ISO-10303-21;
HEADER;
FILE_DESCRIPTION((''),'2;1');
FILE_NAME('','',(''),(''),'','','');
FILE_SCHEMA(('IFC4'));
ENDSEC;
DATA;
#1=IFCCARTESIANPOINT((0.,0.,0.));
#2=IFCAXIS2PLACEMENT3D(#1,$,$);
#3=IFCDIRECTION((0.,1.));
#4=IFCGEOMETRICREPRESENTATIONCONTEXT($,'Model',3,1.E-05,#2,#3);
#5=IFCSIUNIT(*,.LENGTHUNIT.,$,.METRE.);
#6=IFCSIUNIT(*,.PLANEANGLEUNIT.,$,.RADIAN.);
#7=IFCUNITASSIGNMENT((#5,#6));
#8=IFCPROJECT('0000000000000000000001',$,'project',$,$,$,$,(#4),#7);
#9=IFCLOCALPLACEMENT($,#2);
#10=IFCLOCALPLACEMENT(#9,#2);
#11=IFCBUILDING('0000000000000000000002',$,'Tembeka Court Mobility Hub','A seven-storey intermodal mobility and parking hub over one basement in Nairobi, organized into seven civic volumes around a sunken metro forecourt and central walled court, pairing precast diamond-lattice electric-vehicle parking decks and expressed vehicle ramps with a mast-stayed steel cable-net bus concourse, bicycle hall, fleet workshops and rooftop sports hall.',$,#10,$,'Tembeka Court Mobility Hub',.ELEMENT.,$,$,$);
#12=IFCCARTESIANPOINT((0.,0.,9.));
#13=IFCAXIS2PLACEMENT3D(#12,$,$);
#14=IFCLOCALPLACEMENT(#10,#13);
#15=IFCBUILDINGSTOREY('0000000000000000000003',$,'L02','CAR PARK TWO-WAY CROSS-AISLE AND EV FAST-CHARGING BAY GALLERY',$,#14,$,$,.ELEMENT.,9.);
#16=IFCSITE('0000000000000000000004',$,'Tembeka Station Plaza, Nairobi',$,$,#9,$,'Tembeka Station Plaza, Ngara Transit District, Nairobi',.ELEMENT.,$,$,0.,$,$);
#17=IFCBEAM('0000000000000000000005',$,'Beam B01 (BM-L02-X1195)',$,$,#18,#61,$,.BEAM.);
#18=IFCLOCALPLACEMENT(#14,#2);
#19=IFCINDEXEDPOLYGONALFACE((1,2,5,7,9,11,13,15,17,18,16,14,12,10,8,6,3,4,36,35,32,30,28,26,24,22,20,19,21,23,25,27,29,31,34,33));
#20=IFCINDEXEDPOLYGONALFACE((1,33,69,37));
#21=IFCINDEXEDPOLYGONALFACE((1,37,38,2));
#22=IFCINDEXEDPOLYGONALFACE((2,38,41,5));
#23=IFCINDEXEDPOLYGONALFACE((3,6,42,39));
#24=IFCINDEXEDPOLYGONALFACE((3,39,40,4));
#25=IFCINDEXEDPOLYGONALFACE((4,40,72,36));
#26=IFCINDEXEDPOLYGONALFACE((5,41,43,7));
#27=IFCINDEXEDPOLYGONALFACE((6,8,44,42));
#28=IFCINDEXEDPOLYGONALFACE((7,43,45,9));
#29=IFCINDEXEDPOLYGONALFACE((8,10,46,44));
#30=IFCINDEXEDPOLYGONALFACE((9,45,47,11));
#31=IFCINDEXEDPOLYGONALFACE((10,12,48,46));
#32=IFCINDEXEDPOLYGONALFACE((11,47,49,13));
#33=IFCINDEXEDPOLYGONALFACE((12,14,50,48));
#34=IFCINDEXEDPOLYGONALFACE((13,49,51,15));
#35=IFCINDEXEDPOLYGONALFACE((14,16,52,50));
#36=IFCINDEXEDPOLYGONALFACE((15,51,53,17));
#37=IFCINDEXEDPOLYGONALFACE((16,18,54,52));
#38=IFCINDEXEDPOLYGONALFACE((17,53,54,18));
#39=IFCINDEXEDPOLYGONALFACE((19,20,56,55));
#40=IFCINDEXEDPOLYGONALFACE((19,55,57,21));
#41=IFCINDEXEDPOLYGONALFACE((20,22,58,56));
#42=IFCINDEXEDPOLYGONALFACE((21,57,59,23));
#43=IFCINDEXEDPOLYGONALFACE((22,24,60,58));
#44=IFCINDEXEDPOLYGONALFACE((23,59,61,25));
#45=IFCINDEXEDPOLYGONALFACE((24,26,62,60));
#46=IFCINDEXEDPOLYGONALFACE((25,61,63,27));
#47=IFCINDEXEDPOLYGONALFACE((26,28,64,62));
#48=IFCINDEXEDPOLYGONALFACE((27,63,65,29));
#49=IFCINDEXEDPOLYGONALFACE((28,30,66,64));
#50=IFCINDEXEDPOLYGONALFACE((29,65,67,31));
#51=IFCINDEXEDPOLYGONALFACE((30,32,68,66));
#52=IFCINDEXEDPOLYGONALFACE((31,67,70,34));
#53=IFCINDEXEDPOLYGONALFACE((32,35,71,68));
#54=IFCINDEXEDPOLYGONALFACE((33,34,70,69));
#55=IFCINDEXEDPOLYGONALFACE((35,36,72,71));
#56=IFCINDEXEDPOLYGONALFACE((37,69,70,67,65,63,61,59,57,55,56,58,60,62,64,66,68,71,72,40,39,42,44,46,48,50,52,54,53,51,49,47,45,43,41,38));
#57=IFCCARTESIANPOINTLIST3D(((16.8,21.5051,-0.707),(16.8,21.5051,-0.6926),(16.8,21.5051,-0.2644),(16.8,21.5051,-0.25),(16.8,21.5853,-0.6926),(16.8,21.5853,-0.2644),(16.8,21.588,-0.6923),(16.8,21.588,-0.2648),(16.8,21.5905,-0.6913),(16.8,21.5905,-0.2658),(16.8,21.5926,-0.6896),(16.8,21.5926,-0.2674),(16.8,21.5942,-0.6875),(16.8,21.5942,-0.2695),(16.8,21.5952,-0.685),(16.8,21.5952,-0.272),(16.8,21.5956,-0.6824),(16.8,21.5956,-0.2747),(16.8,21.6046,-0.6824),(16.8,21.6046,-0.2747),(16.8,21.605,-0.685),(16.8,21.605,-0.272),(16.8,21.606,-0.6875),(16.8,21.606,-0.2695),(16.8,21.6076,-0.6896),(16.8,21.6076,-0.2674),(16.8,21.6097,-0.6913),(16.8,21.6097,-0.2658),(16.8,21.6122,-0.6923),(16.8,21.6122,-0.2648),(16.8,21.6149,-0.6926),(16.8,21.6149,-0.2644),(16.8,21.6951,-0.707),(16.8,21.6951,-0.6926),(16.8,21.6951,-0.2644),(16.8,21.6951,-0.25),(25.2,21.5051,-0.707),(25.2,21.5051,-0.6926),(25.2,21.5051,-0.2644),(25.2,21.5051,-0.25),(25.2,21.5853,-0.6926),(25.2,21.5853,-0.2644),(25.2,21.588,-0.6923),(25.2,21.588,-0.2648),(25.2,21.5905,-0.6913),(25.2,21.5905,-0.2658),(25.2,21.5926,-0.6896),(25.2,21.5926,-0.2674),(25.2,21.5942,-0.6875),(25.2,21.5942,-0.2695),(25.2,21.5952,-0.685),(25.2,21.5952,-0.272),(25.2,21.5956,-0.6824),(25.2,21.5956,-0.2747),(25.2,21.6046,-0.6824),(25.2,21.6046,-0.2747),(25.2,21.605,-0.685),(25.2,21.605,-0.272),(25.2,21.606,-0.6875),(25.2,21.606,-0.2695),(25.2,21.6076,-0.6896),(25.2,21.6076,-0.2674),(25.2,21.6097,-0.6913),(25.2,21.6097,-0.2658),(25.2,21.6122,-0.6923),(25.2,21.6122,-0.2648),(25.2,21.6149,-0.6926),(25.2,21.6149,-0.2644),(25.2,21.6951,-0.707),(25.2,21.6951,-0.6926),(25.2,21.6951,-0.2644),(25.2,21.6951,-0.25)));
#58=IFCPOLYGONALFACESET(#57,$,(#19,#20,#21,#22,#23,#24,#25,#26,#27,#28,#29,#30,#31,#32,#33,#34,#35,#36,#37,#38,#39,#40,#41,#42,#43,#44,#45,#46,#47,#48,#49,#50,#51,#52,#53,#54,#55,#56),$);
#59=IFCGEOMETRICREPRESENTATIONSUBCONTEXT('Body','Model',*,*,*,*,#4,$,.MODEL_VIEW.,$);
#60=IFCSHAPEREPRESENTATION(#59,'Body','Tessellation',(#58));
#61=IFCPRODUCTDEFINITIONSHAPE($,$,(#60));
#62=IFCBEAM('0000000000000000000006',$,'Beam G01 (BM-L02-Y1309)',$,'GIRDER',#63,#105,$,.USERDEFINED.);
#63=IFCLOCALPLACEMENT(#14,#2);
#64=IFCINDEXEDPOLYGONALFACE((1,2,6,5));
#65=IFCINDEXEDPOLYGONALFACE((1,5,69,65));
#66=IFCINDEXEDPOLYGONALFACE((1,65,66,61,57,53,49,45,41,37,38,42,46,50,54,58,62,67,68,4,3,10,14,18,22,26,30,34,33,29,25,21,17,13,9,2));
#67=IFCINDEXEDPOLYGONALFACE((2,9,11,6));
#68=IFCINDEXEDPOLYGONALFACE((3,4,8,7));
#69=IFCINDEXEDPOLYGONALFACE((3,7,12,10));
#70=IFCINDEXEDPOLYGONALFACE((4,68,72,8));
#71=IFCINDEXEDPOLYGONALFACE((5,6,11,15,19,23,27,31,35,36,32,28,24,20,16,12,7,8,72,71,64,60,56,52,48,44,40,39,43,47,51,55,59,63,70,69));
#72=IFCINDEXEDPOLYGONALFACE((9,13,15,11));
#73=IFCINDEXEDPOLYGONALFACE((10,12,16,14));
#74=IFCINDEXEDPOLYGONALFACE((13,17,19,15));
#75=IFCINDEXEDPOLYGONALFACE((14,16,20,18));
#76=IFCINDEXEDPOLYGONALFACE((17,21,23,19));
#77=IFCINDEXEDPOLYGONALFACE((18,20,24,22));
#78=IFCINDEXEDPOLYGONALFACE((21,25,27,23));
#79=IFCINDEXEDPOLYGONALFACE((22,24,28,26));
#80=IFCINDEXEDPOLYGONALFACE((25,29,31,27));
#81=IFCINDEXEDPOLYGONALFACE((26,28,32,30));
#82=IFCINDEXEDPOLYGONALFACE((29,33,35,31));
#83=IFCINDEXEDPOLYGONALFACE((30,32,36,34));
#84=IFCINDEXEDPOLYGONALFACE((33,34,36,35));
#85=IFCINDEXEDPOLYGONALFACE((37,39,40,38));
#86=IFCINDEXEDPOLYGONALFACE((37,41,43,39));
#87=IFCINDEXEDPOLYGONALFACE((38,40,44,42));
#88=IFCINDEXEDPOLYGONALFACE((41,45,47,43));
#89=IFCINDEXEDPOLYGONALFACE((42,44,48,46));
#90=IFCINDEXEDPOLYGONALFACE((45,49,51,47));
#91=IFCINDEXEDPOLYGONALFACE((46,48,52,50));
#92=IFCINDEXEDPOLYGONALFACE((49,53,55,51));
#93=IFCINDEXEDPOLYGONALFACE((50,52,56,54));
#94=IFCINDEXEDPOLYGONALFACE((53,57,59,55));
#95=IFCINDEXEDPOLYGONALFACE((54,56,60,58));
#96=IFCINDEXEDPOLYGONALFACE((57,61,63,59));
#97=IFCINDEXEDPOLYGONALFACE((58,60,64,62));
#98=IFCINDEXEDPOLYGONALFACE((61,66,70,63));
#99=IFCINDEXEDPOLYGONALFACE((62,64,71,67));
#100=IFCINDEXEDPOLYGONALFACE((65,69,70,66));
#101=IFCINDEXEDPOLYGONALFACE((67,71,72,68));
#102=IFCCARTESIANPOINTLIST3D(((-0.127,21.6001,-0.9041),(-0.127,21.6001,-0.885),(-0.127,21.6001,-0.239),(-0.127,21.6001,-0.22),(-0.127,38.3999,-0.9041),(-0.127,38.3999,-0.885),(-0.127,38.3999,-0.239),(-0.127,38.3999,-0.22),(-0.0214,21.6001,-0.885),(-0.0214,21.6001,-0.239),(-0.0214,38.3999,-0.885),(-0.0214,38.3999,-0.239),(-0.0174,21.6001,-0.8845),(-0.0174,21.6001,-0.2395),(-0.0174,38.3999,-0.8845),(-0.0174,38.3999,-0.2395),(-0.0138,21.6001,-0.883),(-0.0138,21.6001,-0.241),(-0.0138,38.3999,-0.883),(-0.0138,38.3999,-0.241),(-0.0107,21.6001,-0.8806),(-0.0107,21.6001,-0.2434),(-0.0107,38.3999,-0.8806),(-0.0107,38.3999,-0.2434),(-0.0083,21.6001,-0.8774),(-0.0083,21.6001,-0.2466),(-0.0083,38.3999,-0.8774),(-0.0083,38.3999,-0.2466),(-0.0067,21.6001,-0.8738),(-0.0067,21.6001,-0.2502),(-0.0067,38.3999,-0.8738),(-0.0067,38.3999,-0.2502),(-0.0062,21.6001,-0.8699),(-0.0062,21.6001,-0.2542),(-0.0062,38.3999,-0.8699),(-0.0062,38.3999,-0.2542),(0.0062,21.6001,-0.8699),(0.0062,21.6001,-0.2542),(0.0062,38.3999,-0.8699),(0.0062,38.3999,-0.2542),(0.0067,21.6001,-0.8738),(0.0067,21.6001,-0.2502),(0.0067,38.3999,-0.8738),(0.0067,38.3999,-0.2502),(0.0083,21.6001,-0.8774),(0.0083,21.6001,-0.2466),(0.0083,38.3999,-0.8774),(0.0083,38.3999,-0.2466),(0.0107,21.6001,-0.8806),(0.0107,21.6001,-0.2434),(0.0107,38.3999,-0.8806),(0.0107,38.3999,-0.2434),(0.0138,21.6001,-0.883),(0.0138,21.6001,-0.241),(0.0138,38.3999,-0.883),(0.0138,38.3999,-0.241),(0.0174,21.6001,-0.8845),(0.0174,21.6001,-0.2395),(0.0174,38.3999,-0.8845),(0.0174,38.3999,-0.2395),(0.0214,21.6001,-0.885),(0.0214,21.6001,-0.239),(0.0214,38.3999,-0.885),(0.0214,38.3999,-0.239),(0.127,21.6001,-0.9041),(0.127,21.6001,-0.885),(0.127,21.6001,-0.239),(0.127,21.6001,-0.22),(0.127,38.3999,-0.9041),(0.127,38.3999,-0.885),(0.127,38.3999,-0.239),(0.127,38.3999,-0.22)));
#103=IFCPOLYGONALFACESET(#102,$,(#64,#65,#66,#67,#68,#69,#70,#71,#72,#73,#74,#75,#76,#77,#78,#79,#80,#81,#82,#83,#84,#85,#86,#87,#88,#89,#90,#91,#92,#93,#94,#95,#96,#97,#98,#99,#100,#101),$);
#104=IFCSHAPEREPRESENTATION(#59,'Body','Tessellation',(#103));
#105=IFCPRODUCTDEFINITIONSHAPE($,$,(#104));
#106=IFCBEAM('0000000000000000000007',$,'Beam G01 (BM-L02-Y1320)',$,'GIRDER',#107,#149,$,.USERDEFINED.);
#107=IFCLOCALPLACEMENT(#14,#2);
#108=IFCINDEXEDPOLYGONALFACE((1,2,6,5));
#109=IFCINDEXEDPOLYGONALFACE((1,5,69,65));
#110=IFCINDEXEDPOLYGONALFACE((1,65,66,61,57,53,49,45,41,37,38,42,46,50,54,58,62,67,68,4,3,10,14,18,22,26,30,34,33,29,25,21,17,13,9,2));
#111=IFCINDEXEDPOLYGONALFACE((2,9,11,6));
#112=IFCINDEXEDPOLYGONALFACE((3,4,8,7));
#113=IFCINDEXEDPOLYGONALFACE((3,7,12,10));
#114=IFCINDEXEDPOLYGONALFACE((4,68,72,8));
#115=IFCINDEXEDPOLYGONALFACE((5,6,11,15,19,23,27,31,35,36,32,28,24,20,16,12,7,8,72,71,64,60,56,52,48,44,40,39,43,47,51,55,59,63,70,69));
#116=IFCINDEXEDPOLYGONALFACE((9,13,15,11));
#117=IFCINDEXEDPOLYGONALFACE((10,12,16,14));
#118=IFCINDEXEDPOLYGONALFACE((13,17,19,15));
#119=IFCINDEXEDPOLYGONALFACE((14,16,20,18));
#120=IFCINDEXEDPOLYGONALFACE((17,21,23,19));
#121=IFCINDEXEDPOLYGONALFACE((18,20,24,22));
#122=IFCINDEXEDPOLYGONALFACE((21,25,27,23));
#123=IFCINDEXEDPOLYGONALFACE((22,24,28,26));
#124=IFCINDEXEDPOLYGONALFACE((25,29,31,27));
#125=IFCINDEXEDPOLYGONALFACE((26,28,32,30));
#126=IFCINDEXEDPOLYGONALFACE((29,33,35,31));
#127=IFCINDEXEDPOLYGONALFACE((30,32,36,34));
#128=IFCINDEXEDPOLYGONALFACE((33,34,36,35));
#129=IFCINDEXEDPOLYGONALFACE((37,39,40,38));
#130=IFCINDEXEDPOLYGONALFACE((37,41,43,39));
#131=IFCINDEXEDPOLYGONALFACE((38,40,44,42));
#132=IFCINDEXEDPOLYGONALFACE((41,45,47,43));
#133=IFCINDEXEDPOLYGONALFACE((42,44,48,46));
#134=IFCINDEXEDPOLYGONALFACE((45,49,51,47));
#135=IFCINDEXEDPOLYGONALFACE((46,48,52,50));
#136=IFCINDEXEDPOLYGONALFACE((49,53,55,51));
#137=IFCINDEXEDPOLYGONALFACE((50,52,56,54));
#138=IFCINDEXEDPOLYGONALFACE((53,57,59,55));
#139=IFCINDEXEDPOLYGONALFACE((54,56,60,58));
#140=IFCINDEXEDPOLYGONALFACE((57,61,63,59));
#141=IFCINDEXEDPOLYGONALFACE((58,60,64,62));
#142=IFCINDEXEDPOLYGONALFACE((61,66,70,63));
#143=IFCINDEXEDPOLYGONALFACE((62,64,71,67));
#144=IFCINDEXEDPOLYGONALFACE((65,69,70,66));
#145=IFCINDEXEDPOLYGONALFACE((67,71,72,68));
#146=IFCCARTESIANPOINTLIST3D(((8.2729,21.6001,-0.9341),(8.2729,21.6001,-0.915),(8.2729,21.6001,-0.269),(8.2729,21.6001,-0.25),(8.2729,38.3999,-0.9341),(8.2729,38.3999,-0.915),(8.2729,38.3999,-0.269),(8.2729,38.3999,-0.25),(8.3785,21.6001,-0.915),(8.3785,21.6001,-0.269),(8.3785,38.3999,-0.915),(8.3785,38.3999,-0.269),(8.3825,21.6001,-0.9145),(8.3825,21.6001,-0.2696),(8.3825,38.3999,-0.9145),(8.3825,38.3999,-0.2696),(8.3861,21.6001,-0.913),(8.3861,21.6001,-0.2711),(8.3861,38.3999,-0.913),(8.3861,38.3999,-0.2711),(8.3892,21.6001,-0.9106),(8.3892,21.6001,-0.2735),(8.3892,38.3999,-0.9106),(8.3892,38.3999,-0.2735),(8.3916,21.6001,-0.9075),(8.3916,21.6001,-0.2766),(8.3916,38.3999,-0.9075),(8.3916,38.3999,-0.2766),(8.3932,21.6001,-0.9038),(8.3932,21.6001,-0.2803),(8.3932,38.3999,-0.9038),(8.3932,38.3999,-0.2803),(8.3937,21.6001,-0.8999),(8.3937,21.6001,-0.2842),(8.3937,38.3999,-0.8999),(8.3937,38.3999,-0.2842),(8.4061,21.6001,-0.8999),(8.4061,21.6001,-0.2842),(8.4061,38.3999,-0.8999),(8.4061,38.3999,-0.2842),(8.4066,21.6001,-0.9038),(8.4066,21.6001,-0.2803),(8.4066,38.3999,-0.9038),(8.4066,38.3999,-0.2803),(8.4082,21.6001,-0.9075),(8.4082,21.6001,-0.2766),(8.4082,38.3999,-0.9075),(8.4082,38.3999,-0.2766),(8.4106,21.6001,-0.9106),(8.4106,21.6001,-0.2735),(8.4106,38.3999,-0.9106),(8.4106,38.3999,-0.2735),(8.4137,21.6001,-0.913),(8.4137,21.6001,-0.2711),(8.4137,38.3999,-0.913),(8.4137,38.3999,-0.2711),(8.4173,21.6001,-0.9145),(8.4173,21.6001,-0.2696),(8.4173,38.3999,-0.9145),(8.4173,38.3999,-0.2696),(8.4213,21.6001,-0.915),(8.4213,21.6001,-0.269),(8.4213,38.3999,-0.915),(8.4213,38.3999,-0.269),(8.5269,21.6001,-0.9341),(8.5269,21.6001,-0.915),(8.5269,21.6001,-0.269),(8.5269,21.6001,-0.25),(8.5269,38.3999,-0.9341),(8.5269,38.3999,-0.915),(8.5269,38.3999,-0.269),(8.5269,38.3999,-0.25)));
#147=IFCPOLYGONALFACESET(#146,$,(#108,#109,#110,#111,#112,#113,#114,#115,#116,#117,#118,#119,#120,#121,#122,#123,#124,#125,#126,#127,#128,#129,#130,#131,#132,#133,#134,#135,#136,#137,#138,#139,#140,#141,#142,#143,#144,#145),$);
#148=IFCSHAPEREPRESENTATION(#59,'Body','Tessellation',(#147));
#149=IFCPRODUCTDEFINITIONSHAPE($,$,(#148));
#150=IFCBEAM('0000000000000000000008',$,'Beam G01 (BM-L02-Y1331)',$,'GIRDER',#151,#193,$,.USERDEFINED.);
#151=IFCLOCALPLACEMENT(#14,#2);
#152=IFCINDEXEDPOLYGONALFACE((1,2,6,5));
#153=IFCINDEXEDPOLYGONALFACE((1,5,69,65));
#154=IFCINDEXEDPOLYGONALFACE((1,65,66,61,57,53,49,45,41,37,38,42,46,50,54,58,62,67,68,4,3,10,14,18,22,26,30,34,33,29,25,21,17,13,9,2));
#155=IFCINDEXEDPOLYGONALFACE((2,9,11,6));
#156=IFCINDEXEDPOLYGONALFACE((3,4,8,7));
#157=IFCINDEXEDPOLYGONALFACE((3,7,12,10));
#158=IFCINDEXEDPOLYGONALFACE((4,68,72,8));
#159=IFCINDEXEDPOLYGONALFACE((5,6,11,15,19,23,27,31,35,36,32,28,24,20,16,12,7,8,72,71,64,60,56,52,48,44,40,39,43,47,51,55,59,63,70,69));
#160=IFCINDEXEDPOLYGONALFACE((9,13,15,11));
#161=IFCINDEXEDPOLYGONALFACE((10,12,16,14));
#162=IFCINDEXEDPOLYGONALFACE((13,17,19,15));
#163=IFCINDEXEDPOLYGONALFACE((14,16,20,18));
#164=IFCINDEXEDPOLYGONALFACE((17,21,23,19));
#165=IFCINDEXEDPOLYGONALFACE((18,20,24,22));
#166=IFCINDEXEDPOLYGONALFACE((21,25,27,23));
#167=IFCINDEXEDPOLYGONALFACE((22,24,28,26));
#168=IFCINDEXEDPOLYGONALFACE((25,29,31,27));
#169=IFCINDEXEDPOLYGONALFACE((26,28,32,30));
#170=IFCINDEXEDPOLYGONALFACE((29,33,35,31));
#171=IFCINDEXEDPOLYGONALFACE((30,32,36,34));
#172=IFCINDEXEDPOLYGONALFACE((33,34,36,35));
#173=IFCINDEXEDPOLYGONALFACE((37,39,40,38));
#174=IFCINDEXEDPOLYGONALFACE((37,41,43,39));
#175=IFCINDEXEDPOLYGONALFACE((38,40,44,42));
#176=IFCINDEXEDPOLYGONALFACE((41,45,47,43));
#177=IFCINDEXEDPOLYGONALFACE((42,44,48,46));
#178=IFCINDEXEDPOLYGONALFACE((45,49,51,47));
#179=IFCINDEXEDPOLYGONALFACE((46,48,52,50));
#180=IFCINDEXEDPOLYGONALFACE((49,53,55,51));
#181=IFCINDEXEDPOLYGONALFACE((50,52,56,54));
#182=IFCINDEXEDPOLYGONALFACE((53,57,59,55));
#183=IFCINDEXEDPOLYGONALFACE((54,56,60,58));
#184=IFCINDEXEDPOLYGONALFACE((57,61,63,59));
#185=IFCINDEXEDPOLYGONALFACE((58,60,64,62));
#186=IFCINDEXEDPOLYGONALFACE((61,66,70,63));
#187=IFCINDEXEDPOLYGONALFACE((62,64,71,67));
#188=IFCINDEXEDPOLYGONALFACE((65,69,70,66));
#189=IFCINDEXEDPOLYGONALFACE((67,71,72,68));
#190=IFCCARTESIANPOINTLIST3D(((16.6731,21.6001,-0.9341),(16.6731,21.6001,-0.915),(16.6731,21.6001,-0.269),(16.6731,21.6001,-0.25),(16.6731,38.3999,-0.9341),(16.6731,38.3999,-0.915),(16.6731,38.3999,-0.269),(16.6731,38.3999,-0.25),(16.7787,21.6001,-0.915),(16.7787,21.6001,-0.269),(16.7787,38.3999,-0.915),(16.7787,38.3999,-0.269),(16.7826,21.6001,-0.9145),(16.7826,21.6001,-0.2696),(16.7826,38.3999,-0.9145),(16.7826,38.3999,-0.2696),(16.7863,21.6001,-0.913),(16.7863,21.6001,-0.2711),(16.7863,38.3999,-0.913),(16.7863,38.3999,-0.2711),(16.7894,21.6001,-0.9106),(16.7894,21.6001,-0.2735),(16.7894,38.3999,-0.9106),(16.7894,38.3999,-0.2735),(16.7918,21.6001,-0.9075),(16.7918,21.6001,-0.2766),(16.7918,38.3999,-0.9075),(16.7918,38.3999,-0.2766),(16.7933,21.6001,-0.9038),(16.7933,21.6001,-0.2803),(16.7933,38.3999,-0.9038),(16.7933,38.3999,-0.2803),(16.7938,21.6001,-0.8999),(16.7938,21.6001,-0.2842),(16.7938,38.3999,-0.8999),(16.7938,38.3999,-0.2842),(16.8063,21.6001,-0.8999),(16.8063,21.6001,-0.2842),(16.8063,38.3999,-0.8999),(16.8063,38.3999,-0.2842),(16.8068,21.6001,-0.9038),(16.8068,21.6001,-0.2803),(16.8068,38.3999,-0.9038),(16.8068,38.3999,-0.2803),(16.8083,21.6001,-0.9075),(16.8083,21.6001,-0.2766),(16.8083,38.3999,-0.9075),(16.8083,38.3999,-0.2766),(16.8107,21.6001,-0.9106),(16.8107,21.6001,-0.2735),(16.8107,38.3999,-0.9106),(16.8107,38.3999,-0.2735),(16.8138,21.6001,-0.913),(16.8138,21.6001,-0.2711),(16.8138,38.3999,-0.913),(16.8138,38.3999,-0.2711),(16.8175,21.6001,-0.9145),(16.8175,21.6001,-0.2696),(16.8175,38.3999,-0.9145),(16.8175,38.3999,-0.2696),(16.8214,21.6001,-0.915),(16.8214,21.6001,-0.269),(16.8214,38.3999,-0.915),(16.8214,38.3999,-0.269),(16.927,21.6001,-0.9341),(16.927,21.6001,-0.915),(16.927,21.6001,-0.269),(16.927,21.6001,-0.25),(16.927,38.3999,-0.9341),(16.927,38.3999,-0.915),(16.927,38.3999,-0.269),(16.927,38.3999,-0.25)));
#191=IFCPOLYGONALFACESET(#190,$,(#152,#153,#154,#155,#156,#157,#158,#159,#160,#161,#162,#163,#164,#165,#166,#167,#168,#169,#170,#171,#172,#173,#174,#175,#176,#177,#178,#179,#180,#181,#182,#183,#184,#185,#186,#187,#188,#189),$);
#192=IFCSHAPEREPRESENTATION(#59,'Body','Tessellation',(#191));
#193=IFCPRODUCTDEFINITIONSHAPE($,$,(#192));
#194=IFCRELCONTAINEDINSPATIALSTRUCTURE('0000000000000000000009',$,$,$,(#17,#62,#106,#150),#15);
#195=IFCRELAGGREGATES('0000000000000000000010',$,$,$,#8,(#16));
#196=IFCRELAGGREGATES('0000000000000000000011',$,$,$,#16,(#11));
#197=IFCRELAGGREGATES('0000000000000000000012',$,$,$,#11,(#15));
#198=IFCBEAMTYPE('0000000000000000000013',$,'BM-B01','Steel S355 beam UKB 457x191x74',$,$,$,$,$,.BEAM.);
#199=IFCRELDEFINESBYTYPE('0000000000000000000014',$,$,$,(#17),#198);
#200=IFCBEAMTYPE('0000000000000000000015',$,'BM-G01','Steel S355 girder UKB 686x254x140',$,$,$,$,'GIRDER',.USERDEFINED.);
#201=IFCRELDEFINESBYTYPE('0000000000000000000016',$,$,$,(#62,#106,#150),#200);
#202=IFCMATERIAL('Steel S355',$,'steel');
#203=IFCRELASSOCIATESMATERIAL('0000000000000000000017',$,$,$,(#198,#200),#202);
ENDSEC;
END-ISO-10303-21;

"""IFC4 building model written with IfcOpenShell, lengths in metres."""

from ifc_helpers import new_model, si_unit, direction, frame, origin, origin_2d, place, context, subcontext, project, spatial, i_section, extrude, material, material_profile, profile_set, type_object, element, save


model = new_model("IFC4")

# Units and contexts
model_context = context("Model", 3, precision=1e-05, world=origin(), true_north=direction((0.0, 1.0)))
body_context = subcontext(model_context, "Body", "Model", "MODEL_VIEW")
ifc_project = project(units=[si_unit("LENGTHUNIT", "METRE"), si_unit("PLANEANGLEUNIT", "RADIAN")], contexts=[model_context])

# Site, building, storey
site_placement = place(None, origin())
site = spatial("IfcSite", under=ifc_project, at=site_placement, Name="Tembeka Station Plaza, Nairobi", LongName="Tembeka Station Plaza, Ngara Transit District, Nairobi", CompositionType="ELEMENT", RefElevation=0.0)
building_placement = place(site_placement, origin())
building = spatial("IfcBuilding", under=site, at=building_placement, Name="Tembeka Court Mobility Hub", Description="A seven-storey intermodal mobility and parking hub over one basement in Nairobi, organized into seven civic volumes around a sunken metro forecourt and central walled court, pairing precast diamond-lattice electric-vehicle parking decks and expressed vehicle ramps with a mast-stayed steel cable-net bus concourse, bicycle hall, fleet workshops and rooftop sports hall.", LongName="Tembeka Court Mobility Hub", CompositionType="ELEMENT")
storey_placement = place(building_placement, frame((0.0, 0.0, 9.0)))
storey = spatial("IfcBuildingStorey", under=building, at=storey_placement, Name="L02", Description="CAR PARK TWO-WAY CROSS-AISLE AND EV FAST-CHARGING BAY GALLERY", CompositionType="ELEMENT", Elevation=9.0)

# Shared definitions
ifc_material_1 = material(Name="Steel S355", Category="steel")

# Beams
ifc_material_profile_1 = material_profile(ifc_material_1, i_section(OverallWidth=0.1899, OverallDepth=0.457, WebThickness=0.009, FlangeThickness=0.0144, FilletRadius=0.0103, at=origin_2d()), Name="UKB 457x191x74")
ifc_profile_set_1 = profile_set([ifc_material_profile_1], Name="Steel S355")
beam_type_1 = type_object("IfcBeamType", Name="BM-B01", Description="Steel S355 beam UKB 457x191x74", PredefinedType="BEAM", material=ifc_profile_set_1)
beam_1_placement = place(storey_placement, frame((16.8, 21.6001, -0.4785), z_axis=(1.0, 0.0, 0.0), x_axis=(0.0, 1.0, 0.0)))
element("IfcBeam", 1, at=beam_1_placement, inside=storey, type_object=beam_type_1, Name="Beam B01 (BM-L02-X1195)", PredefinedType="BEAM", context=body_context, shape_type="SweptSolid", body=[
    extrude(i_section(OverallWidth=0.1899, OverallDepth=0.457, WebThickness=0.009, FlangeThickness=0.0144, FilletRadius=0.0103, at=origin_2d()), origin(), (0.0, 0.0, 1.0), 8.3999),
])
ifc_material_profile_2 = material_profile(ifc_material_1, i_section(OverallWidth=0.2539, OverallDepth=0.6841, WebThickness=0.0125, FlangeThickness=0.019, FilletRadius=0.0151, at=origin_2d()), Name="UKB 686x254x140")
ifc_profile_set_2 = profile_set([ifc_material_profile_2], Name="Steel S355")
beam_type_2 = type_object("IfcBeamType", Name="BM-G01", Description="Steel S355 girder UKB 686x254x140", ElementType="GIRDER", PredefinedType="USERDEFINED", material=ifc_profile_set_2)
for number, where, z_axis, x_axis, name in (
    (2, (0.0, 21.6001, -0.562), (0.0, 1.0, 0.0), (-1.0, 0.0, 0.0), "Beam G01 (BM-L02-Y1309)"),
    (3, (8.3999, 21.6001, -0.592), (0.0, 1.0, 0.0), (-1.0, 0.0, 0.0), "Beam G01 (BM-L02-Y1320)"),
    (4, (16.8, 21.6001, -0.592), (0.0, 1.0, 0.0), (-1.0, 0.0, 0.0), "Beam G01 (BM-L02-Y1331)"),
):
    element("IfcBeam", number, at=place(storey_placement, frame(where, z_axis=z_axis, x_axis=x_axis)), inside=storey, type_object=beam_type_2, Name=name, ObjectType="GIRDER", PredefinedType="USERDEFINED", context=body_context, shape_type="SweptSolid", body=[
        extrude(i_section(OverallWidth=0.2539, OverallDepth=0.6841, WebThickness=0.0125, FlangeThickness=0.019, FilletRadius=0.0151, at=origin_2d()), origin(), (0.0, 0.0, 1.0), 16.7998),
    ])

save(model, "model.ifc")
